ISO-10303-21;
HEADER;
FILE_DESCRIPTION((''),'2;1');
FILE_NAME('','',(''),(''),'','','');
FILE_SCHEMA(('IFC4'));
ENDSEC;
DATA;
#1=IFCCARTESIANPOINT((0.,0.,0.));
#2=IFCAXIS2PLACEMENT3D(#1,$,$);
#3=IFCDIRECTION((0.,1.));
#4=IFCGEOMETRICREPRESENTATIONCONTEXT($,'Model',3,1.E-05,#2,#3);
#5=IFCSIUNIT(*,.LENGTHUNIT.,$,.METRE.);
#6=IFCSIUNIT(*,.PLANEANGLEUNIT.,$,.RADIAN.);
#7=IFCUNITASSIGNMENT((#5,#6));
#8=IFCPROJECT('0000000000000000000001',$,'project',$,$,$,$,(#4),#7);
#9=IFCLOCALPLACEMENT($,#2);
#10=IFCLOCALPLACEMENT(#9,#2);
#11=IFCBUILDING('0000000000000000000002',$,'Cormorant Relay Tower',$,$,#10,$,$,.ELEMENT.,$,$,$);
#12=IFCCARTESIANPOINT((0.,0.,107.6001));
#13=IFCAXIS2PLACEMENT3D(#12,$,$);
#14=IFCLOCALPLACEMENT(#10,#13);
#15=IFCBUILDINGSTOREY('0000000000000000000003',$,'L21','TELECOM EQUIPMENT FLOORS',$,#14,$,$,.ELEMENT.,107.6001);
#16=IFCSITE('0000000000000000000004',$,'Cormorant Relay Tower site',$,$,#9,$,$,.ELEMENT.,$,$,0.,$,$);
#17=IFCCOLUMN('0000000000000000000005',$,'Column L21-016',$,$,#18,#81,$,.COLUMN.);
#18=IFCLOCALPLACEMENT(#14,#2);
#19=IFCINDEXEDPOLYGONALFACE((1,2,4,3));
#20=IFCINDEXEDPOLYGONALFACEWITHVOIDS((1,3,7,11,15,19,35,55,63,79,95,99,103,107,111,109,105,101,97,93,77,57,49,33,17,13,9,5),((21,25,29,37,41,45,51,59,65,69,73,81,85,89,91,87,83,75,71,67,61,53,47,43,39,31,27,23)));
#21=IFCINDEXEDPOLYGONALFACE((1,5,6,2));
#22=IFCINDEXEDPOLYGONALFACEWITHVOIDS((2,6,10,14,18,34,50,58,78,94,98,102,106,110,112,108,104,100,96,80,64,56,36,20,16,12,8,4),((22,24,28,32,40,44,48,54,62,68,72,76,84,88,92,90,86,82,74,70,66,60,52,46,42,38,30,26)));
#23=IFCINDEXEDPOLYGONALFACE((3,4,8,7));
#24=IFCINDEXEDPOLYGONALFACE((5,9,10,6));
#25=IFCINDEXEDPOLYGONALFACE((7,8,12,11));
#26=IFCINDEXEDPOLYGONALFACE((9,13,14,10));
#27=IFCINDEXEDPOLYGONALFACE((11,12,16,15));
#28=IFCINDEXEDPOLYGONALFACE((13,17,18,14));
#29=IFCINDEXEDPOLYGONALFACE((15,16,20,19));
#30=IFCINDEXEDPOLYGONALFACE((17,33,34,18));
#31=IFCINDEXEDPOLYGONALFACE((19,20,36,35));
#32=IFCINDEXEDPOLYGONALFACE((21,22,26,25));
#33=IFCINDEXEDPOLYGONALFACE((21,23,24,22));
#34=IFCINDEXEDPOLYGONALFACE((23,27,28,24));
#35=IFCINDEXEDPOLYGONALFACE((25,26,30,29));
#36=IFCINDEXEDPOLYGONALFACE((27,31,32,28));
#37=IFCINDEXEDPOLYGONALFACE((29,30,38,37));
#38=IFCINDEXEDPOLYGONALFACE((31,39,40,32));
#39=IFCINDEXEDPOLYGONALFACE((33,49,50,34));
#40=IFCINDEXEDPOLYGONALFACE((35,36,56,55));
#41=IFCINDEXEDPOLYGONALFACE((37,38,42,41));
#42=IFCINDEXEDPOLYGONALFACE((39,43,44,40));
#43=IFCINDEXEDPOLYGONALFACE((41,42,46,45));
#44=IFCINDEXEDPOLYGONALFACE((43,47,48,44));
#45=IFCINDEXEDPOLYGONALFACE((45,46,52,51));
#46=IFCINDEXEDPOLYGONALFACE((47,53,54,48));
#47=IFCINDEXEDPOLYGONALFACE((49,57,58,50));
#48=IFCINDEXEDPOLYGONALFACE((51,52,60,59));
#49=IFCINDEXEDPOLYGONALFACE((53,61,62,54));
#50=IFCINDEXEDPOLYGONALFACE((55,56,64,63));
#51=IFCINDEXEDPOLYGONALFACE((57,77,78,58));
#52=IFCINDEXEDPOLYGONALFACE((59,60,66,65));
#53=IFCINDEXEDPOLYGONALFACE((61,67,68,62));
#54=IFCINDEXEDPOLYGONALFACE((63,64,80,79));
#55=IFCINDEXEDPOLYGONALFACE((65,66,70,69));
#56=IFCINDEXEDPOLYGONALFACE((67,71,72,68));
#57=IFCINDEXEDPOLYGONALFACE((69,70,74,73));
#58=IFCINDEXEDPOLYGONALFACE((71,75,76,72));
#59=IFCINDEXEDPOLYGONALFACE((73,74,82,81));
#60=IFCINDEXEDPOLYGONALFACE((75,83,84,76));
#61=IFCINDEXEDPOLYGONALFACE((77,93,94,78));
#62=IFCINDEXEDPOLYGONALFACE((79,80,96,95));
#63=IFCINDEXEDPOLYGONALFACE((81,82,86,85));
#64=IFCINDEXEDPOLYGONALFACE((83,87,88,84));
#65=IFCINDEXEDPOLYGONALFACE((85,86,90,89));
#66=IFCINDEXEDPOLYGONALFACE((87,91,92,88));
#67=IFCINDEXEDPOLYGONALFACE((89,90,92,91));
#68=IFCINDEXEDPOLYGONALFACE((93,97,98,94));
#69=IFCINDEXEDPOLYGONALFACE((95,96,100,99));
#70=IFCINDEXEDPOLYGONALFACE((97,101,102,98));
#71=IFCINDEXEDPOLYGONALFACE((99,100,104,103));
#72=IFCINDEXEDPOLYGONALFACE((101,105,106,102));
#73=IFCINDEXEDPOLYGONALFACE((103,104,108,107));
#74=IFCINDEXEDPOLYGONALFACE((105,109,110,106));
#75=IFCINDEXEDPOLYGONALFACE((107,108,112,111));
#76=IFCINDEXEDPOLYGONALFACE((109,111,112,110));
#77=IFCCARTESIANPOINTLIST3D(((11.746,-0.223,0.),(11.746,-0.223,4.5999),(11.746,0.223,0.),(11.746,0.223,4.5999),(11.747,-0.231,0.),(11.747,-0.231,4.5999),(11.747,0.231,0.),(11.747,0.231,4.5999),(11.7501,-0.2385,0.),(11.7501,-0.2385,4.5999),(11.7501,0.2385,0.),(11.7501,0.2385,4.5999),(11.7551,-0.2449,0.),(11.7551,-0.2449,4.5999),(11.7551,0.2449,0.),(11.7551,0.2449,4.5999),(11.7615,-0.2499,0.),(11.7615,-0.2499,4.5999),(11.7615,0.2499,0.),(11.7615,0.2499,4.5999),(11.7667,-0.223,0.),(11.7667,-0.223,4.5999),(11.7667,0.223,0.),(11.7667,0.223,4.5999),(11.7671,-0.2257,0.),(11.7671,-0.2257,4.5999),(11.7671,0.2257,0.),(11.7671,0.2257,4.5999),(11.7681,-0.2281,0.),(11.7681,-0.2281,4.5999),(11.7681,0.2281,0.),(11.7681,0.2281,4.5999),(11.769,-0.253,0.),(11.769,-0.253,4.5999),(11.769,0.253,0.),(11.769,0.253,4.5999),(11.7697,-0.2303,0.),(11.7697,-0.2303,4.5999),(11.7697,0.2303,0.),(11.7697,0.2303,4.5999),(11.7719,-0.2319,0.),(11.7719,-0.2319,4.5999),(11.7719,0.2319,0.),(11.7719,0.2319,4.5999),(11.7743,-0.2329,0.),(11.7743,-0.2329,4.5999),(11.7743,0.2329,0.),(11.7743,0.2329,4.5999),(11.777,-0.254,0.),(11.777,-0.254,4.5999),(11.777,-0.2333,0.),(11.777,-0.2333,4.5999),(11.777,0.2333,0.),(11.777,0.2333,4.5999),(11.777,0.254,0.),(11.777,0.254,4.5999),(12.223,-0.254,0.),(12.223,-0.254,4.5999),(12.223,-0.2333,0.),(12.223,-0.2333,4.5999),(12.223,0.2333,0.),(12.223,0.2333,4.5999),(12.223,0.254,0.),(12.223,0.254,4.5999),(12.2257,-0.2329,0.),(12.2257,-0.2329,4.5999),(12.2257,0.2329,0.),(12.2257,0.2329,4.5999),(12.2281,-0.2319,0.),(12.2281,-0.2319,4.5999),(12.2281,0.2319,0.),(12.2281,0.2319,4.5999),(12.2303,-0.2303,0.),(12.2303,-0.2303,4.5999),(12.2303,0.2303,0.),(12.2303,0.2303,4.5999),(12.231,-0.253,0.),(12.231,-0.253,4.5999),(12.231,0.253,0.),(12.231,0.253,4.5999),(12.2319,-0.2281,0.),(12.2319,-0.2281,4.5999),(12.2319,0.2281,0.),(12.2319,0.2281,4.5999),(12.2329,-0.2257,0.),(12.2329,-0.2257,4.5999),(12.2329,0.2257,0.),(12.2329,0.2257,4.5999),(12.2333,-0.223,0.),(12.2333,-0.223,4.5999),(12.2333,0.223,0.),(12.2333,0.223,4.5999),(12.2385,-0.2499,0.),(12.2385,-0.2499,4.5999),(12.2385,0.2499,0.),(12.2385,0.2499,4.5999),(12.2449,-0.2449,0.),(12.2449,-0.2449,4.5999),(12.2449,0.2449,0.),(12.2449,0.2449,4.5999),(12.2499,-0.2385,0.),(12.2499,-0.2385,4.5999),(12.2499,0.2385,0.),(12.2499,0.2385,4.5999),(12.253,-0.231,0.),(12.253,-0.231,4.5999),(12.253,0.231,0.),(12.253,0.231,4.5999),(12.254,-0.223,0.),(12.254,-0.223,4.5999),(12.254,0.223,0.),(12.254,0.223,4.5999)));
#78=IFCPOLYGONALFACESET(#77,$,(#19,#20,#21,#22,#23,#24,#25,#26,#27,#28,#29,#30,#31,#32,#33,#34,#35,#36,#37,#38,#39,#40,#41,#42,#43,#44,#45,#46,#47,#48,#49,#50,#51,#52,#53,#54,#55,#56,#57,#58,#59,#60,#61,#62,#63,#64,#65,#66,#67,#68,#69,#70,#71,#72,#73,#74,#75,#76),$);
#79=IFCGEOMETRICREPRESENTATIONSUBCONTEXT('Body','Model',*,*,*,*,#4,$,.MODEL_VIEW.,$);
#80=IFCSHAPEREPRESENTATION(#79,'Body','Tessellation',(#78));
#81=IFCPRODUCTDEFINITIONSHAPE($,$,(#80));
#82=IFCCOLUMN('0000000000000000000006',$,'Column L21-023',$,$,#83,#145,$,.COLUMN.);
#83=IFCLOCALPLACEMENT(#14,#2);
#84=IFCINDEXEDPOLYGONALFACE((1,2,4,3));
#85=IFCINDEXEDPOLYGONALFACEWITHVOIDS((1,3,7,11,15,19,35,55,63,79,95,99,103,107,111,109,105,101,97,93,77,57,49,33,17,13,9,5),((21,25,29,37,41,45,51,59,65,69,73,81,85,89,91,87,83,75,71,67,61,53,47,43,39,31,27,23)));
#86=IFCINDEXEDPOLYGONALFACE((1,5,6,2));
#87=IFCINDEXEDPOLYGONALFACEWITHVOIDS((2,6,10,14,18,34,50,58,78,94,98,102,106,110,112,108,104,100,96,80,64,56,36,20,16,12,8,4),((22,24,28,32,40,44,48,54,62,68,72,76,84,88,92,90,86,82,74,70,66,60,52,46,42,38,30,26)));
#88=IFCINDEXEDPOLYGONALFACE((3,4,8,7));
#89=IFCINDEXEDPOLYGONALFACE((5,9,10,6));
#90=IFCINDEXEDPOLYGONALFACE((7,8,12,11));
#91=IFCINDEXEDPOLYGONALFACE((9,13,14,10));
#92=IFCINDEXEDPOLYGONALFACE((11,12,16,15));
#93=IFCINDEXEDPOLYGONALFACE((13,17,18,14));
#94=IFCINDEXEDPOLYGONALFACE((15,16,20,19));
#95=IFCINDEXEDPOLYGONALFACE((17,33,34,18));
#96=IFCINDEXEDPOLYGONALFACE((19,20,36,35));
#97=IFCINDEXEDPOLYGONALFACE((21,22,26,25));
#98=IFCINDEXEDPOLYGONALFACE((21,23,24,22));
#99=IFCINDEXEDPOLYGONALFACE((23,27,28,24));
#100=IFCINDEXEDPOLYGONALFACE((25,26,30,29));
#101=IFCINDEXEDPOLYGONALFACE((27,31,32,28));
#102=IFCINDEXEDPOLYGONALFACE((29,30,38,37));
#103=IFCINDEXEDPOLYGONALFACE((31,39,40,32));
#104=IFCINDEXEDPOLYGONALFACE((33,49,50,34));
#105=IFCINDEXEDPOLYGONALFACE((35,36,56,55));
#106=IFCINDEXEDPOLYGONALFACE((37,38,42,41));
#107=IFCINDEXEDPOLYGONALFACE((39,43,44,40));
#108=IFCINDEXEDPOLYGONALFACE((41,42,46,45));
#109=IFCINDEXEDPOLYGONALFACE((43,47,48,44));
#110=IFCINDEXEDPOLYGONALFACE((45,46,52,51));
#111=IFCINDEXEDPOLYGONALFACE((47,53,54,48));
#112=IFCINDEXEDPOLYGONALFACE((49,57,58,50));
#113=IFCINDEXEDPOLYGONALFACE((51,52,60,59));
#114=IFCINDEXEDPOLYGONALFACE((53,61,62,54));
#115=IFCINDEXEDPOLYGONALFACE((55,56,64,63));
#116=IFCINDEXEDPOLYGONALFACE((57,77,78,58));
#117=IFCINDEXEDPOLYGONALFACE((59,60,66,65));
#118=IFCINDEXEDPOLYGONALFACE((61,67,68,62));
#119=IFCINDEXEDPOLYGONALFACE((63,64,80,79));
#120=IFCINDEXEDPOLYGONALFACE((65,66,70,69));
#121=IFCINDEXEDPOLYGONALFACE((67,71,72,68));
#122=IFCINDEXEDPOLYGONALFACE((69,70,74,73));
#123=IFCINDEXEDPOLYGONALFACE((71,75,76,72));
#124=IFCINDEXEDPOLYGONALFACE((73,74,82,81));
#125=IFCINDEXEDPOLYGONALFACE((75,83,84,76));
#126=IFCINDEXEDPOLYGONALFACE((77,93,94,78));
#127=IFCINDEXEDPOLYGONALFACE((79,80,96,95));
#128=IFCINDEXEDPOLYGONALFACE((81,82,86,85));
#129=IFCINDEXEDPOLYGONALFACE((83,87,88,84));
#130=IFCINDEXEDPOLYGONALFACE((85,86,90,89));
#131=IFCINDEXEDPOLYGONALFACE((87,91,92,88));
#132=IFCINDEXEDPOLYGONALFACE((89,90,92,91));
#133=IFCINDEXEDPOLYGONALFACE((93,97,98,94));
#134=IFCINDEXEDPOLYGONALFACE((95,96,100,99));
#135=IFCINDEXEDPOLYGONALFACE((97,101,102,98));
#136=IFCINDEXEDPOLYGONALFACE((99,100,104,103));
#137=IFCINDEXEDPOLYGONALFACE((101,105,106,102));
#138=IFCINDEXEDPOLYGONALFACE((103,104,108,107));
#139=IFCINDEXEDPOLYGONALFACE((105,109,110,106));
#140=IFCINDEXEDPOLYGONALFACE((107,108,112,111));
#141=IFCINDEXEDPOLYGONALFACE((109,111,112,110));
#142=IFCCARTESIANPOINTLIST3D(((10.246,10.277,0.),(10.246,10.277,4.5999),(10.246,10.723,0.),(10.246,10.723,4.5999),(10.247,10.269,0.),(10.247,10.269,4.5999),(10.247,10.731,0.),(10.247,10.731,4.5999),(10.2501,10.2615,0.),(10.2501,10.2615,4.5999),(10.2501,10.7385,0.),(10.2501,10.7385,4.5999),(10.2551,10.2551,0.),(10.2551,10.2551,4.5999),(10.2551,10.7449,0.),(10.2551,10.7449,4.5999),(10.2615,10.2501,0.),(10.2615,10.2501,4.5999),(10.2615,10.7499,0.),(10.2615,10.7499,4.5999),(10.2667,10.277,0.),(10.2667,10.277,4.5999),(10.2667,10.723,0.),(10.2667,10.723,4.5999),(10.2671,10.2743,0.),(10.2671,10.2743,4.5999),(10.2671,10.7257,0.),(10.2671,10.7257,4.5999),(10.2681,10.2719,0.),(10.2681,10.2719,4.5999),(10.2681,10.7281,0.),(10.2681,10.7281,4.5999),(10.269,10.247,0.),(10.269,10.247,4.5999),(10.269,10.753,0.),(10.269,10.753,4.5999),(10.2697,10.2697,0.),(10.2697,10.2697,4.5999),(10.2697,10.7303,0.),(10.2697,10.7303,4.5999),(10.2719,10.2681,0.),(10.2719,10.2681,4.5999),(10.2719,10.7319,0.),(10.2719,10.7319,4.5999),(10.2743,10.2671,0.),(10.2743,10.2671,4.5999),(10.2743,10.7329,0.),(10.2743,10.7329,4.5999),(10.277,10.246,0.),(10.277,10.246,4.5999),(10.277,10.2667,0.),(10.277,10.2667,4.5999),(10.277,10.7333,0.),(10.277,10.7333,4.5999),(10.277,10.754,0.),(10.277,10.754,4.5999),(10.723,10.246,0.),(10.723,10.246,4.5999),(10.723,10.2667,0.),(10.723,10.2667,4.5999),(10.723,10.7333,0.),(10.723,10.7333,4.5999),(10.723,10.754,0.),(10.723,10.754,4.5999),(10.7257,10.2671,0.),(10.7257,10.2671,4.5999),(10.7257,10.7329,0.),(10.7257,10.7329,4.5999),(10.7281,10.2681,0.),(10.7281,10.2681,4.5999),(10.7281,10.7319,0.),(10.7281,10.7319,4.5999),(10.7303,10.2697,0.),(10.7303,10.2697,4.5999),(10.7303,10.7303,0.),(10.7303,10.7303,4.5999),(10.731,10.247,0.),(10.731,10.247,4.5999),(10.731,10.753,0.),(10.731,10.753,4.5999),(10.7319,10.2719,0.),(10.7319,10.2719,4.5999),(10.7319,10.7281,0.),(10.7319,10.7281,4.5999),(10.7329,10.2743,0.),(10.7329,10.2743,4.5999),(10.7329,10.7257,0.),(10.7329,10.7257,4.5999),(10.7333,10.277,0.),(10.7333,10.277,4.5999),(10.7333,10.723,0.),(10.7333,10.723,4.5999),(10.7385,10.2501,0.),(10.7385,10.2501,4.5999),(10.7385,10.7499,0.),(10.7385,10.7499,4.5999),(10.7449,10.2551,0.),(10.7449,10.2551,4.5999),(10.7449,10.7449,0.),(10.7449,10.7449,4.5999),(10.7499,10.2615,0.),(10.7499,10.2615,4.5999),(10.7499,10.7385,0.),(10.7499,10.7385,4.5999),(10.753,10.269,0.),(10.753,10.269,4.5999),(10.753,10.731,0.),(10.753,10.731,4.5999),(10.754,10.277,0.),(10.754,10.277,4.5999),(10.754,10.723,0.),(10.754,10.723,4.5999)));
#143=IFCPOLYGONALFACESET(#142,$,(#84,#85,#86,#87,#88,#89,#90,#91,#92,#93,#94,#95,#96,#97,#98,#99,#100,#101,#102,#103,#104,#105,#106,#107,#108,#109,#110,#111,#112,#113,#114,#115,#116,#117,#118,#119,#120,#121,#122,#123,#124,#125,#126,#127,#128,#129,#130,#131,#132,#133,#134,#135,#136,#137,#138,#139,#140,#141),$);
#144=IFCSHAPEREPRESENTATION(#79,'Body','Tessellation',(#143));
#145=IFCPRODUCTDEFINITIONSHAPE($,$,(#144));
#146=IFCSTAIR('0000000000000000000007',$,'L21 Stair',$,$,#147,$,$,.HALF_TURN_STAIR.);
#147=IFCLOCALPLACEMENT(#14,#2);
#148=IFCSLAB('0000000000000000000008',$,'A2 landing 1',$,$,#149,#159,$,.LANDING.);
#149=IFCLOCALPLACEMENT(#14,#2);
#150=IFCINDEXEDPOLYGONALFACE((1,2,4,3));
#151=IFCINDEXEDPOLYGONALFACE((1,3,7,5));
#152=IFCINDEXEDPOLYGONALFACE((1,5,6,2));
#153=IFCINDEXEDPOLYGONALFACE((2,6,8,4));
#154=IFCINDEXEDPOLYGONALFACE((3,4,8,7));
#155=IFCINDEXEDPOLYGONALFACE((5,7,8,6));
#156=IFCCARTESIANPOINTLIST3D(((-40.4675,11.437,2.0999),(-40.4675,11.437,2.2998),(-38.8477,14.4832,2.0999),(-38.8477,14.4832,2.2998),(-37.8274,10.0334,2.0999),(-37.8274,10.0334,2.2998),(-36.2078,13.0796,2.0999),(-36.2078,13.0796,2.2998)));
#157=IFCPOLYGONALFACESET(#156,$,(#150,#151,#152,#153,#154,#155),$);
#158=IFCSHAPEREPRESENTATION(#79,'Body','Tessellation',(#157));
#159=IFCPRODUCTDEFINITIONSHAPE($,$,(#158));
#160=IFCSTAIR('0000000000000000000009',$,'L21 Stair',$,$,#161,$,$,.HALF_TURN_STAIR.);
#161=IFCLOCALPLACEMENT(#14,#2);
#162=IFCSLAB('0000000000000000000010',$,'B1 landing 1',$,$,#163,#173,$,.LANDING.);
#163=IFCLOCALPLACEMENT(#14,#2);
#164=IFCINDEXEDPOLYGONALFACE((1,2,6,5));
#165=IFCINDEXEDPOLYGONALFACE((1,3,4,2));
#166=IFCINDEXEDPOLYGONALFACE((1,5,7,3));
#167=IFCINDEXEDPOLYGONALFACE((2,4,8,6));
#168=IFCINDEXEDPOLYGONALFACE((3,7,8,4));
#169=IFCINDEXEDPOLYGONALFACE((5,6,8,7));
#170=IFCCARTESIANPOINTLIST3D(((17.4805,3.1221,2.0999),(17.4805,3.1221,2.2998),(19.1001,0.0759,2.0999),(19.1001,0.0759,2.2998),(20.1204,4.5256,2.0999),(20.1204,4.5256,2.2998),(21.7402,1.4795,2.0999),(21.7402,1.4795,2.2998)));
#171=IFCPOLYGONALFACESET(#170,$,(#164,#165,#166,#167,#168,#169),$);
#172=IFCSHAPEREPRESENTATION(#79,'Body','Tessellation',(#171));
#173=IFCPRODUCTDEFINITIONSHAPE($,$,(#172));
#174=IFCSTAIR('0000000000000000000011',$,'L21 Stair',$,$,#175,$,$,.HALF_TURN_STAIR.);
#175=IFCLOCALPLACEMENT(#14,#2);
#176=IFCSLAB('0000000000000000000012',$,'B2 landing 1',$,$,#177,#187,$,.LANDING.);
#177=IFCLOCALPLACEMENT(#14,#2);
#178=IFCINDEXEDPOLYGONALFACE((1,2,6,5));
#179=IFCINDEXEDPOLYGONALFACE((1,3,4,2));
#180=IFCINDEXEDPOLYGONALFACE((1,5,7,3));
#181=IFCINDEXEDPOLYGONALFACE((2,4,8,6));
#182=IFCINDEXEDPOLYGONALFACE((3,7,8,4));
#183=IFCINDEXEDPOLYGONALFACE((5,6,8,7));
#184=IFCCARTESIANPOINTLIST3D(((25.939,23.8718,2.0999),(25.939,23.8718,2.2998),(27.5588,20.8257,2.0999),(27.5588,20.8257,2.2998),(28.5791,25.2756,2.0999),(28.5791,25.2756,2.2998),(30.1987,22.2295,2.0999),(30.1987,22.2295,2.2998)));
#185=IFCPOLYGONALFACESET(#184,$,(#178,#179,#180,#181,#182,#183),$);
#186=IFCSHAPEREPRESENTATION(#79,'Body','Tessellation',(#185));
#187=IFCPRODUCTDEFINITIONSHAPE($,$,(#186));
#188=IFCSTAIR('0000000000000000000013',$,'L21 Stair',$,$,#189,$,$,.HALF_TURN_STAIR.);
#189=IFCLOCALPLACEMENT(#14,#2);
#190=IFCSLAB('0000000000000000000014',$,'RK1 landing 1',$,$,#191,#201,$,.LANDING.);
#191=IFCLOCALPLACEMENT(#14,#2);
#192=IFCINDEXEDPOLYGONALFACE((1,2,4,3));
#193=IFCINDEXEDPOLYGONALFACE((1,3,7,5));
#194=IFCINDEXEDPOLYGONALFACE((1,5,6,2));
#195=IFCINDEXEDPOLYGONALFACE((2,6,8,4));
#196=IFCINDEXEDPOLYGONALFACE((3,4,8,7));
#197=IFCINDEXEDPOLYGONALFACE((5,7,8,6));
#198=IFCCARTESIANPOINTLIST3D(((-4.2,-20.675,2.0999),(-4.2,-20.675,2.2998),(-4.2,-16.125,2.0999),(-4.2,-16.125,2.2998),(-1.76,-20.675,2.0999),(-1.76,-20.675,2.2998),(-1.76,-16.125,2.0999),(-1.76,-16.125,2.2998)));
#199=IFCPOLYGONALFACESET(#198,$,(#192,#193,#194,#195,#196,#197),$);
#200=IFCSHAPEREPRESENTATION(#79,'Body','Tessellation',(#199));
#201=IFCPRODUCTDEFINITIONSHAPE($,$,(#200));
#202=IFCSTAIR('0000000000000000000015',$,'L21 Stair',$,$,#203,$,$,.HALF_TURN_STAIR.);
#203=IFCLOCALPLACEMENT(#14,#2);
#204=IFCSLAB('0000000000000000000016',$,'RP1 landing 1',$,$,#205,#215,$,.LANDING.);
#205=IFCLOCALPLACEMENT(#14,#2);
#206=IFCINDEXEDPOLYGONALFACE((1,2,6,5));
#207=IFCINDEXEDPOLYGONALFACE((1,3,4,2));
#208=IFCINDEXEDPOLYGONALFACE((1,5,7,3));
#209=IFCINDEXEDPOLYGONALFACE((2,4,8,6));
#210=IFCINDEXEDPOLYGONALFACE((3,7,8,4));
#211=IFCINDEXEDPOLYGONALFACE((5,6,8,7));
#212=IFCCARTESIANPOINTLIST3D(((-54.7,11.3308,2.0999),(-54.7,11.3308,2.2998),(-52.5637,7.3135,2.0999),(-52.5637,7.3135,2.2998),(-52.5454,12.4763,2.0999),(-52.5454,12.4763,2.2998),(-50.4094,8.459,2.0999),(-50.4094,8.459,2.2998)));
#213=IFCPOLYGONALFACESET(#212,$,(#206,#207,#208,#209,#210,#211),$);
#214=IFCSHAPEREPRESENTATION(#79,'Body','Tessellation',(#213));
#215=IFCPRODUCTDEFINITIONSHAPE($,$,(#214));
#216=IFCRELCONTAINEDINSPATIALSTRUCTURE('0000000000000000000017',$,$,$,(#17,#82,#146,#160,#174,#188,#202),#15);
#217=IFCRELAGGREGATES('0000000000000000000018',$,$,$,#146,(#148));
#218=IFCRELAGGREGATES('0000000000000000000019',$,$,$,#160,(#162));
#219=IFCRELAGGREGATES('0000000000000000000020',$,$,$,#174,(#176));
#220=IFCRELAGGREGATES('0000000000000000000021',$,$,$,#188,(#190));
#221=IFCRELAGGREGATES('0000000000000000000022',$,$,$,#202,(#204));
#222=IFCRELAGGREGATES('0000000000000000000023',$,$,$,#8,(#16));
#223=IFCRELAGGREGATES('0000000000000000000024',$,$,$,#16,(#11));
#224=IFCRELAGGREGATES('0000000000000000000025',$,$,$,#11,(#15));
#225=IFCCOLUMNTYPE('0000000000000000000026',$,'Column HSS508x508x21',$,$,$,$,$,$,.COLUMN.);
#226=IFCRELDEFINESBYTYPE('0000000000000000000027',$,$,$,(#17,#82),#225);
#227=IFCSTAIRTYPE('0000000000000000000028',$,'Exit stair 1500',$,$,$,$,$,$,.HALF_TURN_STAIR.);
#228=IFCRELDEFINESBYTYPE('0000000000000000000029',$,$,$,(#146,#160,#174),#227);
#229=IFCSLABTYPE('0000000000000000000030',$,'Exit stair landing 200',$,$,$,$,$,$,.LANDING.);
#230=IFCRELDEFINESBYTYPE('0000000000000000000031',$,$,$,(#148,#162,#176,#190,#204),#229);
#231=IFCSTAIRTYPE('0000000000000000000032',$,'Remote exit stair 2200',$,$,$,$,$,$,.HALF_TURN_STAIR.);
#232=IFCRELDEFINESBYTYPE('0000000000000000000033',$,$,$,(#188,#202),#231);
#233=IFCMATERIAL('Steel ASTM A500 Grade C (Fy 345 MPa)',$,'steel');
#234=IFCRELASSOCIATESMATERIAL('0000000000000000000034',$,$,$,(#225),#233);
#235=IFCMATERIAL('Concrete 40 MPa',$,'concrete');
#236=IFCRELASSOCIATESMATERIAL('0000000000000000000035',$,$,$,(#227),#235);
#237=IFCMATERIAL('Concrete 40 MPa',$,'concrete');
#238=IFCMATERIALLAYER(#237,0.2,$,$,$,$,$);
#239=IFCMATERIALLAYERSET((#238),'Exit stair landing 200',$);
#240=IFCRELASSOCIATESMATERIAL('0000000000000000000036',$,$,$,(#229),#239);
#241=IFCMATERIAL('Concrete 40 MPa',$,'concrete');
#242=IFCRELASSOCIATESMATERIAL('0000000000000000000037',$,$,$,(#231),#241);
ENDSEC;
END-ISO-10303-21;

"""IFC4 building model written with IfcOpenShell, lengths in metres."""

from ifc_helpers import new_model, si_unit, direction, frame, origin, origin_2d, place, context, subcontext, project, spatial, polyline, hollow_rectangle, outline, extrude, material, layer, layer_set, material_profile, profile_set, type_object, element, aggregate, save


model = new_model("IFC4")

# Units and contexts
model_context = context("Model", 3, precision=1e-05, world=origin(), true_north=direction((0.0, 1.0)))
body_context = subcontext(model_context, "Body", "Model", "MODEL_VIEW")
ifc_project = project(units=[si_unit("LENGTHUNIT", "METRE"), si_unit("PLANEANGLEUNIT", "RADIAN")], contexts=[model_context])

# Site, building, storey
site_placement = place(None, origin())
site = spatial("IfcSite", under=ifc_project, at=site_placement, Name="Cormorant Relay Tower site", CompositionType="ELEMENT", RefElevation=0.0)
building_placement = place(site_placement, origin())
building = spatial("IfcBuilding", under=site, at=building_placement, Name="Cormorant Relay Tower", CompositionType="ELEMENT")
storey_placement = place(building_placement, frame((0.0, 0.0, 107.6001)))
storey = spatial("IfcBuildingStorey", under=building, at=storey_placement, Name="L21", Description="TELECOM EQUIPMENT FLOORS", CompositionType="ELEMENT", Elevation=107.6001)

# Columns
ifc_material_1 = material(Name="Steel ASTM A500 Grade C (Fy 345 MPa)", Category="steel")
ifc_material_profile = material_profile(ifc_material_1, hollow_rectangle(XDim=0.5081, YDim=0.5081, WallThickness=0.0208, InnerFilletRadius=0.0103, OuterFilletRadius=0.031, at=origin_2d()), Name="HSS508x508x21")
ifc_profile_set = profile_set([ifc_material_profile], Name="Steel ASTM A500 Grade C (Fy 345 MPa)")
column_type = type_object("IfcColumnType", Name="Column HSS508x508x21", PredefinedType="COLUMN", material=ifc_profile_set)
for number, where, z_axis, x_axis, name in (
    (1, (12.0, 0.0, 0.0), (0.0, 0.0, 1.0), (1.0, 0.0, 0.0), "Column L21-016"),
    (2, (10.5, 10.5, 0.0), (0.0, 0.0, 1.0), (1.0, 0.0, 0.0), "Column L21-023"),
):
    element("IfcColumn", number, at=place(storey_placement, frame(where, z_axis=z_axis, x_axis=x_axis)), inside=storey, type_object=column_type, Name=name, PredefinedType="COLUMN", context=body_context, shape_type="SweptSolid", body=[
        extrude(hollow_rectangle(XDim=0.5081, YDim=0.5081, WallThickness=0.0208, InnerFilletRadius=0.0103, OuterFilletRadius=0.031, at=origin_2d()), origin(), (0.0, 0.0, 1.0), 4.5999),
    ])

# Stairs, slabs
ifc_material_2 = material(Name="Concrete 40 MPa", Category="concrete")
stair_type_1 = type_object("IfcStairType", Name="Exit stair 1500", PredefinedType="HALF_TURN_STAIR", material=ifc_material_2)
stair_1_placement = place(storey_placement, origin())
stair_1 = element("IfcStair", 3, at=stair_1_placement, inside=storey, type_object=stair_type_1, Name="L21 Stair", PredefinedType="HALF_TURN_STAIR")
ifc_material_3 = material(Name="Concrete 40 MPa", Category="concrete")
ifc_layer_1 = layer(ifc_material_3, 0.2)
ifc_layer_set_1 = layer_set([ifc_layer_1], Name="Exit stair landing 200")
slab_type = type_object("IfcSlabType", Name="Exit stair landing 200", PredefinedType="LANDING", material=ifc_layer_set_1)
slab_1_placement = place(storey_placement, frame((0.0, 0.0, 2.0999)))
slab_1 = element("IfcSlab", 4, at=slab_1_placement, type_object=slab_type, Name="A2 landing 1", PredefinedType="LANDING", context=body_context, shape_type="SweptSolid", body=[
    extrude(outline(polyline([(-36.2078, 13.0796), (-38.8477, 14.4832), (-40.4675, 11.437), (-37.8274, 10.0334), (-36.2078, 13.0796)])), origin(), (0.0, 0.0, 1.0), 0.2),
])
aggregate(stair_1, [slab_1])
stair_2_placement = place(storey_placement, origin())
stair_2 = element("IfcStair", 5, at=stair_2_placement, inside=storey, type_object=stair_type_1, Name="L21 Stair", PredefinedType="HALF_TURN_STAIR")
slab_2_placement = place(storey_placement, frame((0.0, 0.0, 2.0999)))
slab_2 = element("IfcSlab", 6, at=slab_2_placement, type_object=slab_type, Name="B1 landing 1", PredefinedType="LANDING", context=body_context, shape_type="SweptSolid", body=[
    extrude(outline(polyline([(20.1204, 4.5256), (17.4805, 3.1221), (19.1001, 0.0759), (21.7402, 1.4795), (20.1204, 4.5256)])), origin(), (0.0, 0.0, 1.0), 0.2),
])
aggregate(stair_2, [slab_2])
stair_3_placement = place(storey_placement, origin())
stair_3 = element("IfcStair", 7, at=stair_3_placement, inside=storey, type_object=stair_type_1, Name="L21 Stair", PredefinedType="HALF_TURN_STAIR")
slab_3_placement = place(storey_placement, frame((0.0, 0.0, 2.0999)))
slab_3 = element("IfcSlab", 8, at=slab_3_placement, type_object=slab_type, Name="B2 landing 1", PredefinedType="LANDING", context=body_context, shape_type="SweptSolid", body=[
    extrude(outline(polyline([(27.5588, 20.8257), (30.1987, 22.2295), (28.5791, 25.2756), (25.939, 23.8718), (27.5588, 20.8257)])), origin(), (0.0, 0.0, 1.0), 0.2),
])
aggregate(stair_3, [slab_3])
ifc_material_4 = material(Name="Concrete 40 MPa", Category="concrete")
stair_type_2 = type_object("IfcStairType", Name="Remote exit stair 2200", PredefinedType="HALF_TURN_STAIR", material=ifc_material_4)
stair_4_placement = place(storey_placement, origin())
stair_4 = element("IfcStair", 9, at=stair_4_placement, inside=storey, type_object=stair_type_2, Name="L21 Stair", PredefinedType="HALF_TURN_STAIR")
slab_4_placement = place(storey_placement, frame((0.0, 0.0, 2.0999)))
slab_4 = element("IfcSlab", 10, at=slab_4_placement, type_object=slab_type, Name="RK1 landing 1", PredefinedType="LANDING", context=body_context, shape_type="SweptSolid", body=[
    extrude(outline(polyline([(-1.76, -16.125), (-4.2, -16.125), (-4.2, -20.675), (-1.76, -20.675), (-1.76, -16.125)])), origin(), (0.0, 0.0, 1.0), 0.2),
])
aggregate(stair_4, [slab_4])
stair_5_placement = place(storey_placement, origin())
stair_5 = element("IfcStair", 11, at=stair_5_placement, inside=storey, type_object=stair_type_2, Name="L21 Stair", PredefinedType="HALF_TURN_STAIR")
slab_5_placement = place(storey_placement, frame((0.0, 0.0, 2.0999)))
slab_5 = element("IfcSlab", 12, at=slab_5_placement, type_object=slab_type, Name="RP1 landing 1", PredefinedType="LANDING", context=body_context, shape_type="SweptSolid", body=[
    extrude(outline(polyline([(-52.5454, 12.4763), (-54.7, 11.3308), (-52.5637, 7.3135), (-50.4094, 8.459), (-52.5454, 12.4763)])), origin(), (0.0, 0.0, 1.0), 0.2),
])
aggregate(stair_5, [slab_5])

save(model, "model.ifc")
